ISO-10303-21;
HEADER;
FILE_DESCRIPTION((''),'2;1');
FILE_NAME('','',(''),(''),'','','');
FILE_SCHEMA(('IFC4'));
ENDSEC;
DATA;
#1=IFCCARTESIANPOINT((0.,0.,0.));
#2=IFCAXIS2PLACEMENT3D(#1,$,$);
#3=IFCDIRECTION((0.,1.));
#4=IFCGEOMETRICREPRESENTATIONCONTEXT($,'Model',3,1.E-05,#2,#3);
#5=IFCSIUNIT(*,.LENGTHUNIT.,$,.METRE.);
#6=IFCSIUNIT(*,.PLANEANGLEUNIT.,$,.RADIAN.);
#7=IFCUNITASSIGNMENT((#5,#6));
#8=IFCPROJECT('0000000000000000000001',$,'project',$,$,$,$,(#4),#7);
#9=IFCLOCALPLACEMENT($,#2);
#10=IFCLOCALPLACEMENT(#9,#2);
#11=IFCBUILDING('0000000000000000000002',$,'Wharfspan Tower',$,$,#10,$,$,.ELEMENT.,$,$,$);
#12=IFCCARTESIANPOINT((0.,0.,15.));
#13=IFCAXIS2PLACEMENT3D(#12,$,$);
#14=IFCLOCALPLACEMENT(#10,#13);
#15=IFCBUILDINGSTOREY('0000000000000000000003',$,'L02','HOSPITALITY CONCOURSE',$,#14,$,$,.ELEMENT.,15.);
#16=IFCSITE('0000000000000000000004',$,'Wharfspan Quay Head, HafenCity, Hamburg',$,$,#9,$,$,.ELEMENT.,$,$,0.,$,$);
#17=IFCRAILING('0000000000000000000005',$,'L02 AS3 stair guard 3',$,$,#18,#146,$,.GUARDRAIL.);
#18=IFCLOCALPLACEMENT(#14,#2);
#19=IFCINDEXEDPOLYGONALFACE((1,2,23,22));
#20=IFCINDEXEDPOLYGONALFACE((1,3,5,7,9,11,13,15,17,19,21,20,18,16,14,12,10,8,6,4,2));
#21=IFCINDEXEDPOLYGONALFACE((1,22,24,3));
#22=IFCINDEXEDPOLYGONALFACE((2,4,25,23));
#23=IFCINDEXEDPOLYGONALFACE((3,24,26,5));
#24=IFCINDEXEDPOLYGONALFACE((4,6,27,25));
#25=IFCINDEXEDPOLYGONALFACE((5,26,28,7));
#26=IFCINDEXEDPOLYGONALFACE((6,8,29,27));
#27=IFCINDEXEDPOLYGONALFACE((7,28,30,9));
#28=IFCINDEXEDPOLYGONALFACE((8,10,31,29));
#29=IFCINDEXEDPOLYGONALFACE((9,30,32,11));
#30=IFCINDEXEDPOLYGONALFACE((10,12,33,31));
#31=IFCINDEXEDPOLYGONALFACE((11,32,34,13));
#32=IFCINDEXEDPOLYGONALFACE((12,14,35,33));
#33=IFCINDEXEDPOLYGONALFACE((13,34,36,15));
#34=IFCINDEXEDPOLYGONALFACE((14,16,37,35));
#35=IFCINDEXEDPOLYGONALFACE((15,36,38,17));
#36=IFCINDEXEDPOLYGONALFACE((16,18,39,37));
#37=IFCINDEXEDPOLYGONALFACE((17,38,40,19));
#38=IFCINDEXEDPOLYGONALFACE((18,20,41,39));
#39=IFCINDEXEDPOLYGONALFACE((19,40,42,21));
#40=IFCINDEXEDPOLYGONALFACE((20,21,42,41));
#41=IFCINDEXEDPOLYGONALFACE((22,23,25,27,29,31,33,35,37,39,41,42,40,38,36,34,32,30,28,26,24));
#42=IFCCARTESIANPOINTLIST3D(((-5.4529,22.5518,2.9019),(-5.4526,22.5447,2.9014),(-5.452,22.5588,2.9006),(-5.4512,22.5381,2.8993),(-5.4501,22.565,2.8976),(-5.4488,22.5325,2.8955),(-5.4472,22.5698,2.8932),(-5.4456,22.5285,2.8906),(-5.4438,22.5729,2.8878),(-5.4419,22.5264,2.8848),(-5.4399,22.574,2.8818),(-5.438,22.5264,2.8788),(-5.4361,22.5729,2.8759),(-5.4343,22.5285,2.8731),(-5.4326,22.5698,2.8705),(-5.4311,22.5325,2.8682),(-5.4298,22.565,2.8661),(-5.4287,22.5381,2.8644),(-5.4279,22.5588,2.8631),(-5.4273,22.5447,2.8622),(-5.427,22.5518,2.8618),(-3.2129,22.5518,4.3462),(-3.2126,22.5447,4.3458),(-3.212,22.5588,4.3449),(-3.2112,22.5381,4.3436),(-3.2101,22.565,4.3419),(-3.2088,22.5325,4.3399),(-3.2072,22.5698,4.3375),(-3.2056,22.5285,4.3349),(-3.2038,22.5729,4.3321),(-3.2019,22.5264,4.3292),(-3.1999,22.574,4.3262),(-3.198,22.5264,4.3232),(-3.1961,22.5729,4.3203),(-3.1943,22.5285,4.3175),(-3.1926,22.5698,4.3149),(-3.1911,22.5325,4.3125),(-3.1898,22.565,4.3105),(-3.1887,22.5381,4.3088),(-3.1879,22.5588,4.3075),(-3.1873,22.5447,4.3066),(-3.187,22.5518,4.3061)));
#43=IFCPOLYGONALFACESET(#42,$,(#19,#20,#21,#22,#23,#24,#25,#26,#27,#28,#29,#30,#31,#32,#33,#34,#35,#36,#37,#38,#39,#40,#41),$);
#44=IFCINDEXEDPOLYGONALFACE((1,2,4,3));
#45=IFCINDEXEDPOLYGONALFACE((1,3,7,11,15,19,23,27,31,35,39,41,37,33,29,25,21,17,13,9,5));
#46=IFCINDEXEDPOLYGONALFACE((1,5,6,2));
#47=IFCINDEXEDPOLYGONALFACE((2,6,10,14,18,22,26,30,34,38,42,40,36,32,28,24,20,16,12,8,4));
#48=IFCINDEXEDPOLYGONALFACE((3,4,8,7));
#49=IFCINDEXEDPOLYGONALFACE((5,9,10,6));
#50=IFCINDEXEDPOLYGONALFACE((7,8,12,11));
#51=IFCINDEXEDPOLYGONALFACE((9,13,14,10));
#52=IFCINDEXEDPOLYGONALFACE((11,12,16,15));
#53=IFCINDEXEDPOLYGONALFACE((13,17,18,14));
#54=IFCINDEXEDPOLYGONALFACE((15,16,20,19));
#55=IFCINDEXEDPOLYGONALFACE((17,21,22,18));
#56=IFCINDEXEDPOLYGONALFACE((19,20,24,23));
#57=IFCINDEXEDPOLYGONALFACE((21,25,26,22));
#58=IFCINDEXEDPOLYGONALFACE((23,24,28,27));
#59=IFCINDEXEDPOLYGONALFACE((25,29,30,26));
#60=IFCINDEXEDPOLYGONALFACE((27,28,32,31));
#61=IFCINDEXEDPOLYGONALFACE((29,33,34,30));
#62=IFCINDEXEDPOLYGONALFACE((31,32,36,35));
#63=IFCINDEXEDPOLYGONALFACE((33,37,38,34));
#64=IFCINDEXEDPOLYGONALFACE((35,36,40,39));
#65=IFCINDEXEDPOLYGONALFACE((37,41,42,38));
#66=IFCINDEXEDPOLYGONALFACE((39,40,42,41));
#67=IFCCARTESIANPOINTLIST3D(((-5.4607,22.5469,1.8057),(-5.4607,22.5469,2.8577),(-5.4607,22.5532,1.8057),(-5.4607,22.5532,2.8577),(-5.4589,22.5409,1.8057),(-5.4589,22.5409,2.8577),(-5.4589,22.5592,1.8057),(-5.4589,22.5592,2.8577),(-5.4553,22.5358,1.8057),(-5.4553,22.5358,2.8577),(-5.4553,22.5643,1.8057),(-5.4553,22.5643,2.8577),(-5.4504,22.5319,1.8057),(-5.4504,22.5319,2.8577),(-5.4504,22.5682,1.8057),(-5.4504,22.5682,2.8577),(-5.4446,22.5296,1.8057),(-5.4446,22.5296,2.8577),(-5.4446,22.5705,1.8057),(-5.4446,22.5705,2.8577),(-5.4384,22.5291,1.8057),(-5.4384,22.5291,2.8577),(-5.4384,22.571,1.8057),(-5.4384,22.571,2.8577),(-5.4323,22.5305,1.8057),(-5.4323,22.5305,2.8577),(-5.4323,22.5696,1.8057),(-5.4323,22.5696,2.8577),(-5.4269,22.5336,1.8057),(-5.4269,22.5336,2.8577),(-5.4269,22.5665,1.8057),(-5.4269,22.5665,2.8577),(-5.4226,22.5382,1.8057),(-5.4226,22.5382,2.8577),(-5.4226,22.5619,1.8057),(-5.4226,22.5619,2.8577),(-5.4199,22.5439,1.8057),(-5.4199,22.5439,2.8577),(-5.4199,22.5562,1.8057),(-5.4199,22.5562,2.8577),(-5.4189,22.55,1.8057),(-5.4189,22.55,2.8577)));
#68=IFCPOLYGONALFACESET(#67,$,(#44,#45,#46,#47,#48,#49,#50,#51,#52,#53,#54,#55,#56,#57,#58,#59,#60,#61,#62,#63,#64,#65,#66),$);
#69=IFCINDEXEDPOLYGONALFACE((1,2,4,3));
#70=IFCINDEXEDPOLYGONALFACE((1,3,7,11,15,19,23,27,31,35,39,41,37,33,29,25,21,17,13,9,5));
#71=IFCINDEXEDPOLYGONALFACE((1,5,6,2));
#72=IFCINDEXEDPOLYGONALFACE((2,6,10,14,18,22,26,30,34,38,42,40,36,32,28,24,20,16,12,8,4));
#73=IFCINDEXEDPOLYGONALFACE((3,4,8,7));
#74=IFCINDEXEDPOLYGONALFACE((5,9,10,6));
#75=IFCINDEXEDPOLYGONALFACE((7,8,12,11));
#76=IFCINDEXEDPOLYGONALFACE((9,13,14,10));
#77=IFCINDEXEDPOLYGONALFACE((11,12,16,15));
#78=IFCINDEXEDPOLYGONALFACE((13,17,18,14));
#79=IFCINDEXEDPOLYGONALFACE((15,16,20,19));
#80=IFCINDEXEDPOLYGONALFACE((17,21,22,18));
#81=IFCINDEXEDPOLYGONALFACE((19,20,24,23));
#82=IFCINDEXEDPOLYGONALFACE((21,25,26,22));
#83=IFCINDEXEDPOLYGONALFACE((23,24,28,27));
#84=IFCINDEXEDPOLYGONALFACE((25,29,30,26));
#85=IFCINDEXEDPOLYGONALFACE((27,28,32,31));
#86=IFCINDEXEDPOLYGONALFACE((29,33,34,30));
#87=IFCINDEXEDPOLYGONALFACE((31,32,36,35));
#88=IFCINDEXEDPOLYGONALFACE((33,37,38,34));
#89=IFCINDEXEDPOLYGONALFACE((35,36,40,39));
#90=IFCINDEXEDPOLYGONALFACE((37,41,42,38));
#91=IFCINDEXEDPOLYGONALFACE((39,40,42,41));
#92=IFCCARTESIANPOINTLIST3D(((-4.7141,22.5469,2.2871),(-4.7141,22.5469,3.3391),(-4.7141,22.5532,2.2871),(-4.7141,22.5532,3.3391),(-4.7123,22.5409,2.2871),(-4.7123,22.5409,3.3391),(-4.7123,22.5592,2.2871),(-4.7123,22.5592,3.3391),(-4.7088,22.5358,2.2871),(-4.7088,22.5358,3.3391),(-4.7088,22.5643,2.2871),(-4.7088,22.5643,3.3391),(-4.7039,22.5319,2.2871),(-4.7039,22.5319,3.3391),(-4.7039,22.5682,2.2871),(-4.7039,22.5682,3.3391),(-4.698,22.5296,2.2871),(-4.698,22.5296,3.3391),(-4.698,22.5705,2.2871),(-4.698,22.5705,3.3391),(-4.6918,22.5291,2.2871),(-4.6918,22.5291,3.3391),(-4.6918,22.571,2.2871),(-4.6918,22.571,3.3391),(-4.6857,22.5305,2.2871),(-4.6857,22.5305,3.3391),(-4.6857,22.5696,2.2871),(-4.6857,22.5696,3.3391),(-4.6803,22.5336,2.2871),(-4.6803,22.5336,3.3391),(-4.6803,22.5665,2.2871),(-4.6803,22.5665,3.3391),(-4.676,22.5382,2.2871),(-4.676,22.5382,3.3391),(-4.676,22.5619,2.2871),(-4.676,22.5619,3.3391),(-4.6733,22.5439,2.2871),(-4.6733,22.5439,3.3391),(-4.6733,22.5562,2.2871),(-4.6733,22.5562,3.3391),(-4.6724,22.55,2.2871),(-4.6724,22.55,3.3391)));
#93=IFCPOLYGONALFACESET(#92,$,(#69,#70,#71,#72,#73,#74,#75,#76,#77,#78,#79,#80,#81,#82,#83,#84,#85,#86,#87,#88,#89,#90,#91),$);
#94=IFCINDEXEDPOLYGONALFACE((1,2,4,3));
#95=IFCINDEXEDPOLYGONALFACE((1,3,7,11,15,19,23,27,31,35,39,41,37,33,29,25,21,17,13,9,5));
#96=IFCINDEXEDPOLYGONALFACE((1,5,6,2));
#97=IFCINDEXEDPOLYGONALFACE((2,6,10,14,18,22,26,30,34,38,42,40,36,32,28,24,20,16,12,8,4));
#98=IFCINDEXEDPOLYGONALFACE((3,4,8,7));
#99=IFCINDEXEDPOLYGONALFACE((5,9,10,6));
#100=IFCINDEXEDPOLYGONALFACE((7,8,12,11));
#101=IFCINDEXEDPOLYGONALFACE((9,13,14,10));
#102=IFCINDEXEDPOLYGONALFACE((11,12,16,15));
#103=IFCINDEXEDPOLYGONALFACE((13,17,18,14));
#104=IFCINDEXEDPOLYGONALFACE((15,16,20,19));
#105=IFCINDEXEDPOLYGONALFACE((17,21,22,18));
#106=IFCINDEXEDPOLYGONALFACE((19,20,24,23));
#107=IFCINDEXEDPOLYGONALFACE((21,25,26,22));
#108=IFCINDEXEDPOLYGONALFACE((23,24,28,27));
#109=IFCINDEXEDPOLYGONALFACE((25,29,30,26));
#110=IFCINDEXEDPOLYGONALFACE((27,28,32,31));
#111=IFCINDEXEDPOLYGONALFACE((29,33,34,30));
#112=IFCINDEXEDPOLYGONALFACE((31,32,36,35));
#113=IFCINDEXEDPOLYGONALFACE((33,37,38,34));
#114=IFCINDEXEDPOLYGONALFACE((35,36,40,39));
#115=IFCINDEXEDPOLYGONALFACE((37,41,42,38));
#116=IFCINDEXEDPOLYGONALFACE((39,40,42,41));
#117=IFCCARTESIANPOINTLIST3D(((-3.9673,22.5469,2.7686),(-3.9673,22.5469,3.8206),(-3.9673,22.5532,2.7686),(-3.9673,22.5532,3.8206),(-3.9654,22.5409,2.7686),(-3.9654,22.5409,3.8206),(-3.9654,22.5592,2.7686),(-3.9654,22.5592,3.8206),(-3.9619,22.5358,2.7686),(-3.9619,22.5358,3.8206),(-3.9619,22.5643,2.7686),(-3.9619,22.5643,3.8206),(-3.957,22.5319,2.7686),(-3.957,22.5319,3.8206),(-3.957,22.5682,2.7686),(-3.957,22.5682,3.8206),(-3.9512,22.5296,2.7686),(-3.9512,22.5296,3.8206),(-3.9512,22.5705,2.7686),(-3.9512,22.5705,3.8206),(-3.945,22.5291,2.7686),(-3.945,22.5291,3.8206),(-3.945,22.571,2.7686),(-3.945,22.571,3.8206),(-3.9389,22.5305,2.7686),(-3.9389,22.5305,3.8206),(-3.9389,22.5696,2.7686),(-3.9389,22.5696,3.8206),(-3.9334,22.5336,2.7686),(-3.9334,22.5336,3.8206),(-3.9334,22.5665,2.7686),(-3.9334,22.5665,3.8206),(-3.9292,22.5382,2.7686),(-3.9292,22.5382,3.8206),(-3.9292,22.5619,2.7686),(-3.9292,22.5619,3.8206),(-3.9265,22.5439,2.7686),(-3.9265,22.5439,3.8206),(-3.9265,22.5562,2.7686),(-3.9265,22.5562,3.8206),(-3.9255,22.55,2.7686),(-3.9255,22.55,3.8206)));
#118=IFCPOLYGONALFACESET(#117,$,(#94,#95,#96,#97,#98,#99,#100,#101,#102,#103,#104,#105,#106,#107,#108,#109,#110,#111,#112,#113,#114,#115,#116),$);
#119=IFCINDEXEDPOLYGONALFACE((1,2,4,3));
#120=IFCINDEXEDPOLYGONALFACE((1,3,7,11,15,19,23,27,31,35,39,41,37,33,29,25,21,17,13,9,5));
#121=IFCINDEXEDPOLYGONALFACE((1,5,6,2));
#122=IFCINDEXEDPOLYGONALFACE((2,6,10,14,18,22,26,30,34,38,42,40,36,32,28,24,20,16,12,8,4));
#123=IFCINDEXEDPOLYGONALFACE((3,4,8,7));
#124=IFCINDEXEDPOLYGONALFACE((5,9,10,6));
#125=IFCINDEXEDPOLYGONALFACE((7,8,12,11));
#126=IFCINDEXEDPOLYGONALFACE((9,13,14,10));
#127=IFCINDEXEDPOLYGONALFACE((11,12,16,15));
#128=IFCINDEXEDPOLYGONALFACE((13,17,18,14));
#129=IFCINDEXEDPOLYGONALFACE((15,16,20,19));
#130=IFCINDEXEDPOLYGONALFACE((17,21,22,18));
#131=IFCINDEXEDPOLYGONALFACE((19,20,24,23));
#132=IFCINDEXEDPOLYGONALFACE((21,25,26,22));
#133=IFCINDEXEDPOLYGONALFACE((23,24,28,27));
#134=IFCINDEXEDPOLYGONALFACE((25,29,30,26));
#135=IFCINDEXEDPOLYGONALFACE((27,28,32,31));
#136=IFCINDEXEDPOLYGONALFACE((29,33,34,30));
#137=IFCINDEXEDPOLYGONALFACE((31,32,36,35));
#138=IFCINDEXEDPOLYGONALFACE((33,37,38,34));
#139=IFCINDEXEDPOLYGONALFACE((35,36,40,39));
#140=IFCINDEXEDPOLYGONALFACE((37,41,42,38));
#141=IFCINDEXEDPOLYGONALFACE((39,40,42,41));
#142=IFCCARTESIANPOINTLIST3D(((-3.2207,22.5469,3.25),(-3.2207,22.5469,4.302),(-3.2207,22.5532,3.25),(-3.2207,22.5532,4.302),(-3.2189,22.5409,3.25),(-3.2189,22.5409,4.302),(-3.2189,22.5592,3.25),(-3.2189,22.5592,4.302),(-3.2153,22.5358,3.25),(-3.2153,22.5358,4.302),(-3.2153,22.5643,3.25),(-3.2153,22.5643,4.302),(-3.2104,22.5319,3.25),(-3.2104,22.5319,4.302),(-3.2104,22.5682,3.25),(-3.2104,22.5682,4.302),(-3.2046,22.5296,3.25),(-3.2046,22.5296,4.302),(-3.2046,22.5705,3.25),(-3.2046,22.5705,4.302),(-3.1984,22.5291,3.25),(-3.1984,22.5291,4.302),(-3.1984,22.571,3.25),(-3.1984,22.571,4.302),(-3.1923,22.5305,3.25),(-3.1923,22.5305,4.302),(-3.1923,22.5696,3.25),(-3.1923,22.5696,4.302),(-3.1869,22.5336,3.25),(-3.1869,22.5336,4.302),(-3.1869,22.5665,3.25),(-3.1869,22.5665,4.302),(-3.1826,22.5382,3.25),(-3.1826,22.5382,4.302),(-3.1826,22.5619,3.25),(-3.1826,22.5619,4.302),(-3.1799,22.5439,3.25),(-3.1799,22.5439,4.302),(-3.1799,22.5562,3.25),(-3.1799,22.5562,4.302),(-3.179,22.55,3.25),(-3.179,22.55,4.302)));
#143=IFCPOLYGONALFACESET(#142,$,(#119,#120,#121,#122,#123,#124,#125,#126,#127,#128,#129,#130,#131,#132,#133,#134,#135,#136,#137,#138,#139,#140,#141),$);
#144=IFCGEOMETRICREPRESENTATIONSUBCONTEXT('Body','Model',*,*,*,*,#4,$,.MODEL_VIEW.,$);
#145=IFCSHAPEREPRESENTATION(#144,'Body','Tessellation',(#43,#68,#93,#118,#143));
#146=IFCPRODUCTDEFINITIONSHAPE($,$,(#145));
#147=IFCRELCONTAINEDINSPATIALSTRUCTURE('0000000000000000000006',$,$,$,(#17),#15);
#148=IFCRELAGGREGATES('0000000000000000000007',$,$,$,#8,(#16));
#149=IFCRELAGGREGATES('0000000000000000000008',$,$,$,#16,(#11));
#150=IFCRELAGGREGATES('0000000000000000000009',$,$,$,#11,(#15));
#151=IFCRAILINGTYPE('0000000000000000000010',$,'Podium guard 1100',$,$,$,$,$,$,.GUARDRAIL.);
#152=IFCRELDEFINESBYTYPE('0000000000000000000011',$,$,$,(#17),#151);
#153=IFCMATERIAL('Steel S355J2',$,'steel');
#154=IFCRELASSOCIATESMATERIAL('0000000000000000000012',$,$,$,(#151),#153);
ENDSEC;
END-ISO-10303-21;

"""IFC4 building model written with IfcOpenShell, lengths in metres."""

from ifc_helpers import new_model, si_unit, direction, frame, origin, origin_2d, place, context, subcontext, project, spatial, circle, extrude, material, type_object, element, save


model = new_model("IFC4")

# Units and contexts
model_context = context("Model", 3, precision=1e-05, world=origin(), true_north=direction((0.0, 1.0)))
body_context = subcontext(model_context, "Body", "Model", "MODEL_VIEW")
ifc_project = project(units=[si_unit("LENGTHUNIT", "METRE"), si_unit("PLANEANGLEUNIT", "RADIAN")], contexts=[model_context])

# Site, building, storey
site_placement = place(None, origin())
site = spatial("IfcSite", under=ifc_project, at=site_placement, Name="Wharfspan Quay Head, HafenCity, Hamburg", CompositionType="ELEMENT", RefElevation=0.0)
building_placement = place(site_placement, origin())
building = spatial("IfcBuilding", under=site, at=building_placement, Name="Wharfspan Tower", CompositionType="ELEMENT")
storey_placement = place(building_placement, frame((0.0, 0.0, 15.0)))
storey = spatial("IfcBuildingStorey", under=building, at=storey_placement, Name="L02", Description="HOSPITALITY CONCOURSE", CompositionType="ELEMENT", Elevation=15.0)

# Railing
ifc_material_1 = material(Name="Steel S355J2", Category="steel")
railing_type_1 = type_object("IfcRailingType", Name="Podium guard 1100", PredefinedType="GUARDRAIL", material=ifc_material_1)
railing_1_placement = place(storey_placement, frame((-5.4399, 22.55, 1.8057)))
element("IfcRailing", 1, at=railing_1_placement, inside=storey, type_object=railing_type_1, Name="L02 AS3 stair guard 3", PredefinedType="GUARDRAIL", context=body_context, shape_type="SweptSolid", body=[
    extrude(circle(Radius=0.0239, at=origin_2d()), frame((0.0, 0.0, 1.0762), z_axis=(0.840437, 0.0, 0.54191), x_axis=(0.0, 1.0, 0.0)), (0.0, 0.0, 1.0), 2.6653),
    extrude(circle(Radius=0.021, at=origin_2d()), origin(), (0.0, 0.0, 1.0), 1.052),
    extrude(circle(Radius=0.021, at=origin_2d()), frame((0.7466, 0.0, 0.4814)), (0.0, 0.0, 1.0), 1.052),
    extrude(circle(Radius=0.021, at=origin_2d()), frame((1.4934, 0.0, 0.9629)), (0.0, 0.0, 1.0), 1.052),
    extrude(circle(Radius=0.021, at=origin_2d()), frame((2.24, 0.0, 1.4443)), (0.0, 0.0, 1.0), 1.052),
])

save(model, "model.ifc")
